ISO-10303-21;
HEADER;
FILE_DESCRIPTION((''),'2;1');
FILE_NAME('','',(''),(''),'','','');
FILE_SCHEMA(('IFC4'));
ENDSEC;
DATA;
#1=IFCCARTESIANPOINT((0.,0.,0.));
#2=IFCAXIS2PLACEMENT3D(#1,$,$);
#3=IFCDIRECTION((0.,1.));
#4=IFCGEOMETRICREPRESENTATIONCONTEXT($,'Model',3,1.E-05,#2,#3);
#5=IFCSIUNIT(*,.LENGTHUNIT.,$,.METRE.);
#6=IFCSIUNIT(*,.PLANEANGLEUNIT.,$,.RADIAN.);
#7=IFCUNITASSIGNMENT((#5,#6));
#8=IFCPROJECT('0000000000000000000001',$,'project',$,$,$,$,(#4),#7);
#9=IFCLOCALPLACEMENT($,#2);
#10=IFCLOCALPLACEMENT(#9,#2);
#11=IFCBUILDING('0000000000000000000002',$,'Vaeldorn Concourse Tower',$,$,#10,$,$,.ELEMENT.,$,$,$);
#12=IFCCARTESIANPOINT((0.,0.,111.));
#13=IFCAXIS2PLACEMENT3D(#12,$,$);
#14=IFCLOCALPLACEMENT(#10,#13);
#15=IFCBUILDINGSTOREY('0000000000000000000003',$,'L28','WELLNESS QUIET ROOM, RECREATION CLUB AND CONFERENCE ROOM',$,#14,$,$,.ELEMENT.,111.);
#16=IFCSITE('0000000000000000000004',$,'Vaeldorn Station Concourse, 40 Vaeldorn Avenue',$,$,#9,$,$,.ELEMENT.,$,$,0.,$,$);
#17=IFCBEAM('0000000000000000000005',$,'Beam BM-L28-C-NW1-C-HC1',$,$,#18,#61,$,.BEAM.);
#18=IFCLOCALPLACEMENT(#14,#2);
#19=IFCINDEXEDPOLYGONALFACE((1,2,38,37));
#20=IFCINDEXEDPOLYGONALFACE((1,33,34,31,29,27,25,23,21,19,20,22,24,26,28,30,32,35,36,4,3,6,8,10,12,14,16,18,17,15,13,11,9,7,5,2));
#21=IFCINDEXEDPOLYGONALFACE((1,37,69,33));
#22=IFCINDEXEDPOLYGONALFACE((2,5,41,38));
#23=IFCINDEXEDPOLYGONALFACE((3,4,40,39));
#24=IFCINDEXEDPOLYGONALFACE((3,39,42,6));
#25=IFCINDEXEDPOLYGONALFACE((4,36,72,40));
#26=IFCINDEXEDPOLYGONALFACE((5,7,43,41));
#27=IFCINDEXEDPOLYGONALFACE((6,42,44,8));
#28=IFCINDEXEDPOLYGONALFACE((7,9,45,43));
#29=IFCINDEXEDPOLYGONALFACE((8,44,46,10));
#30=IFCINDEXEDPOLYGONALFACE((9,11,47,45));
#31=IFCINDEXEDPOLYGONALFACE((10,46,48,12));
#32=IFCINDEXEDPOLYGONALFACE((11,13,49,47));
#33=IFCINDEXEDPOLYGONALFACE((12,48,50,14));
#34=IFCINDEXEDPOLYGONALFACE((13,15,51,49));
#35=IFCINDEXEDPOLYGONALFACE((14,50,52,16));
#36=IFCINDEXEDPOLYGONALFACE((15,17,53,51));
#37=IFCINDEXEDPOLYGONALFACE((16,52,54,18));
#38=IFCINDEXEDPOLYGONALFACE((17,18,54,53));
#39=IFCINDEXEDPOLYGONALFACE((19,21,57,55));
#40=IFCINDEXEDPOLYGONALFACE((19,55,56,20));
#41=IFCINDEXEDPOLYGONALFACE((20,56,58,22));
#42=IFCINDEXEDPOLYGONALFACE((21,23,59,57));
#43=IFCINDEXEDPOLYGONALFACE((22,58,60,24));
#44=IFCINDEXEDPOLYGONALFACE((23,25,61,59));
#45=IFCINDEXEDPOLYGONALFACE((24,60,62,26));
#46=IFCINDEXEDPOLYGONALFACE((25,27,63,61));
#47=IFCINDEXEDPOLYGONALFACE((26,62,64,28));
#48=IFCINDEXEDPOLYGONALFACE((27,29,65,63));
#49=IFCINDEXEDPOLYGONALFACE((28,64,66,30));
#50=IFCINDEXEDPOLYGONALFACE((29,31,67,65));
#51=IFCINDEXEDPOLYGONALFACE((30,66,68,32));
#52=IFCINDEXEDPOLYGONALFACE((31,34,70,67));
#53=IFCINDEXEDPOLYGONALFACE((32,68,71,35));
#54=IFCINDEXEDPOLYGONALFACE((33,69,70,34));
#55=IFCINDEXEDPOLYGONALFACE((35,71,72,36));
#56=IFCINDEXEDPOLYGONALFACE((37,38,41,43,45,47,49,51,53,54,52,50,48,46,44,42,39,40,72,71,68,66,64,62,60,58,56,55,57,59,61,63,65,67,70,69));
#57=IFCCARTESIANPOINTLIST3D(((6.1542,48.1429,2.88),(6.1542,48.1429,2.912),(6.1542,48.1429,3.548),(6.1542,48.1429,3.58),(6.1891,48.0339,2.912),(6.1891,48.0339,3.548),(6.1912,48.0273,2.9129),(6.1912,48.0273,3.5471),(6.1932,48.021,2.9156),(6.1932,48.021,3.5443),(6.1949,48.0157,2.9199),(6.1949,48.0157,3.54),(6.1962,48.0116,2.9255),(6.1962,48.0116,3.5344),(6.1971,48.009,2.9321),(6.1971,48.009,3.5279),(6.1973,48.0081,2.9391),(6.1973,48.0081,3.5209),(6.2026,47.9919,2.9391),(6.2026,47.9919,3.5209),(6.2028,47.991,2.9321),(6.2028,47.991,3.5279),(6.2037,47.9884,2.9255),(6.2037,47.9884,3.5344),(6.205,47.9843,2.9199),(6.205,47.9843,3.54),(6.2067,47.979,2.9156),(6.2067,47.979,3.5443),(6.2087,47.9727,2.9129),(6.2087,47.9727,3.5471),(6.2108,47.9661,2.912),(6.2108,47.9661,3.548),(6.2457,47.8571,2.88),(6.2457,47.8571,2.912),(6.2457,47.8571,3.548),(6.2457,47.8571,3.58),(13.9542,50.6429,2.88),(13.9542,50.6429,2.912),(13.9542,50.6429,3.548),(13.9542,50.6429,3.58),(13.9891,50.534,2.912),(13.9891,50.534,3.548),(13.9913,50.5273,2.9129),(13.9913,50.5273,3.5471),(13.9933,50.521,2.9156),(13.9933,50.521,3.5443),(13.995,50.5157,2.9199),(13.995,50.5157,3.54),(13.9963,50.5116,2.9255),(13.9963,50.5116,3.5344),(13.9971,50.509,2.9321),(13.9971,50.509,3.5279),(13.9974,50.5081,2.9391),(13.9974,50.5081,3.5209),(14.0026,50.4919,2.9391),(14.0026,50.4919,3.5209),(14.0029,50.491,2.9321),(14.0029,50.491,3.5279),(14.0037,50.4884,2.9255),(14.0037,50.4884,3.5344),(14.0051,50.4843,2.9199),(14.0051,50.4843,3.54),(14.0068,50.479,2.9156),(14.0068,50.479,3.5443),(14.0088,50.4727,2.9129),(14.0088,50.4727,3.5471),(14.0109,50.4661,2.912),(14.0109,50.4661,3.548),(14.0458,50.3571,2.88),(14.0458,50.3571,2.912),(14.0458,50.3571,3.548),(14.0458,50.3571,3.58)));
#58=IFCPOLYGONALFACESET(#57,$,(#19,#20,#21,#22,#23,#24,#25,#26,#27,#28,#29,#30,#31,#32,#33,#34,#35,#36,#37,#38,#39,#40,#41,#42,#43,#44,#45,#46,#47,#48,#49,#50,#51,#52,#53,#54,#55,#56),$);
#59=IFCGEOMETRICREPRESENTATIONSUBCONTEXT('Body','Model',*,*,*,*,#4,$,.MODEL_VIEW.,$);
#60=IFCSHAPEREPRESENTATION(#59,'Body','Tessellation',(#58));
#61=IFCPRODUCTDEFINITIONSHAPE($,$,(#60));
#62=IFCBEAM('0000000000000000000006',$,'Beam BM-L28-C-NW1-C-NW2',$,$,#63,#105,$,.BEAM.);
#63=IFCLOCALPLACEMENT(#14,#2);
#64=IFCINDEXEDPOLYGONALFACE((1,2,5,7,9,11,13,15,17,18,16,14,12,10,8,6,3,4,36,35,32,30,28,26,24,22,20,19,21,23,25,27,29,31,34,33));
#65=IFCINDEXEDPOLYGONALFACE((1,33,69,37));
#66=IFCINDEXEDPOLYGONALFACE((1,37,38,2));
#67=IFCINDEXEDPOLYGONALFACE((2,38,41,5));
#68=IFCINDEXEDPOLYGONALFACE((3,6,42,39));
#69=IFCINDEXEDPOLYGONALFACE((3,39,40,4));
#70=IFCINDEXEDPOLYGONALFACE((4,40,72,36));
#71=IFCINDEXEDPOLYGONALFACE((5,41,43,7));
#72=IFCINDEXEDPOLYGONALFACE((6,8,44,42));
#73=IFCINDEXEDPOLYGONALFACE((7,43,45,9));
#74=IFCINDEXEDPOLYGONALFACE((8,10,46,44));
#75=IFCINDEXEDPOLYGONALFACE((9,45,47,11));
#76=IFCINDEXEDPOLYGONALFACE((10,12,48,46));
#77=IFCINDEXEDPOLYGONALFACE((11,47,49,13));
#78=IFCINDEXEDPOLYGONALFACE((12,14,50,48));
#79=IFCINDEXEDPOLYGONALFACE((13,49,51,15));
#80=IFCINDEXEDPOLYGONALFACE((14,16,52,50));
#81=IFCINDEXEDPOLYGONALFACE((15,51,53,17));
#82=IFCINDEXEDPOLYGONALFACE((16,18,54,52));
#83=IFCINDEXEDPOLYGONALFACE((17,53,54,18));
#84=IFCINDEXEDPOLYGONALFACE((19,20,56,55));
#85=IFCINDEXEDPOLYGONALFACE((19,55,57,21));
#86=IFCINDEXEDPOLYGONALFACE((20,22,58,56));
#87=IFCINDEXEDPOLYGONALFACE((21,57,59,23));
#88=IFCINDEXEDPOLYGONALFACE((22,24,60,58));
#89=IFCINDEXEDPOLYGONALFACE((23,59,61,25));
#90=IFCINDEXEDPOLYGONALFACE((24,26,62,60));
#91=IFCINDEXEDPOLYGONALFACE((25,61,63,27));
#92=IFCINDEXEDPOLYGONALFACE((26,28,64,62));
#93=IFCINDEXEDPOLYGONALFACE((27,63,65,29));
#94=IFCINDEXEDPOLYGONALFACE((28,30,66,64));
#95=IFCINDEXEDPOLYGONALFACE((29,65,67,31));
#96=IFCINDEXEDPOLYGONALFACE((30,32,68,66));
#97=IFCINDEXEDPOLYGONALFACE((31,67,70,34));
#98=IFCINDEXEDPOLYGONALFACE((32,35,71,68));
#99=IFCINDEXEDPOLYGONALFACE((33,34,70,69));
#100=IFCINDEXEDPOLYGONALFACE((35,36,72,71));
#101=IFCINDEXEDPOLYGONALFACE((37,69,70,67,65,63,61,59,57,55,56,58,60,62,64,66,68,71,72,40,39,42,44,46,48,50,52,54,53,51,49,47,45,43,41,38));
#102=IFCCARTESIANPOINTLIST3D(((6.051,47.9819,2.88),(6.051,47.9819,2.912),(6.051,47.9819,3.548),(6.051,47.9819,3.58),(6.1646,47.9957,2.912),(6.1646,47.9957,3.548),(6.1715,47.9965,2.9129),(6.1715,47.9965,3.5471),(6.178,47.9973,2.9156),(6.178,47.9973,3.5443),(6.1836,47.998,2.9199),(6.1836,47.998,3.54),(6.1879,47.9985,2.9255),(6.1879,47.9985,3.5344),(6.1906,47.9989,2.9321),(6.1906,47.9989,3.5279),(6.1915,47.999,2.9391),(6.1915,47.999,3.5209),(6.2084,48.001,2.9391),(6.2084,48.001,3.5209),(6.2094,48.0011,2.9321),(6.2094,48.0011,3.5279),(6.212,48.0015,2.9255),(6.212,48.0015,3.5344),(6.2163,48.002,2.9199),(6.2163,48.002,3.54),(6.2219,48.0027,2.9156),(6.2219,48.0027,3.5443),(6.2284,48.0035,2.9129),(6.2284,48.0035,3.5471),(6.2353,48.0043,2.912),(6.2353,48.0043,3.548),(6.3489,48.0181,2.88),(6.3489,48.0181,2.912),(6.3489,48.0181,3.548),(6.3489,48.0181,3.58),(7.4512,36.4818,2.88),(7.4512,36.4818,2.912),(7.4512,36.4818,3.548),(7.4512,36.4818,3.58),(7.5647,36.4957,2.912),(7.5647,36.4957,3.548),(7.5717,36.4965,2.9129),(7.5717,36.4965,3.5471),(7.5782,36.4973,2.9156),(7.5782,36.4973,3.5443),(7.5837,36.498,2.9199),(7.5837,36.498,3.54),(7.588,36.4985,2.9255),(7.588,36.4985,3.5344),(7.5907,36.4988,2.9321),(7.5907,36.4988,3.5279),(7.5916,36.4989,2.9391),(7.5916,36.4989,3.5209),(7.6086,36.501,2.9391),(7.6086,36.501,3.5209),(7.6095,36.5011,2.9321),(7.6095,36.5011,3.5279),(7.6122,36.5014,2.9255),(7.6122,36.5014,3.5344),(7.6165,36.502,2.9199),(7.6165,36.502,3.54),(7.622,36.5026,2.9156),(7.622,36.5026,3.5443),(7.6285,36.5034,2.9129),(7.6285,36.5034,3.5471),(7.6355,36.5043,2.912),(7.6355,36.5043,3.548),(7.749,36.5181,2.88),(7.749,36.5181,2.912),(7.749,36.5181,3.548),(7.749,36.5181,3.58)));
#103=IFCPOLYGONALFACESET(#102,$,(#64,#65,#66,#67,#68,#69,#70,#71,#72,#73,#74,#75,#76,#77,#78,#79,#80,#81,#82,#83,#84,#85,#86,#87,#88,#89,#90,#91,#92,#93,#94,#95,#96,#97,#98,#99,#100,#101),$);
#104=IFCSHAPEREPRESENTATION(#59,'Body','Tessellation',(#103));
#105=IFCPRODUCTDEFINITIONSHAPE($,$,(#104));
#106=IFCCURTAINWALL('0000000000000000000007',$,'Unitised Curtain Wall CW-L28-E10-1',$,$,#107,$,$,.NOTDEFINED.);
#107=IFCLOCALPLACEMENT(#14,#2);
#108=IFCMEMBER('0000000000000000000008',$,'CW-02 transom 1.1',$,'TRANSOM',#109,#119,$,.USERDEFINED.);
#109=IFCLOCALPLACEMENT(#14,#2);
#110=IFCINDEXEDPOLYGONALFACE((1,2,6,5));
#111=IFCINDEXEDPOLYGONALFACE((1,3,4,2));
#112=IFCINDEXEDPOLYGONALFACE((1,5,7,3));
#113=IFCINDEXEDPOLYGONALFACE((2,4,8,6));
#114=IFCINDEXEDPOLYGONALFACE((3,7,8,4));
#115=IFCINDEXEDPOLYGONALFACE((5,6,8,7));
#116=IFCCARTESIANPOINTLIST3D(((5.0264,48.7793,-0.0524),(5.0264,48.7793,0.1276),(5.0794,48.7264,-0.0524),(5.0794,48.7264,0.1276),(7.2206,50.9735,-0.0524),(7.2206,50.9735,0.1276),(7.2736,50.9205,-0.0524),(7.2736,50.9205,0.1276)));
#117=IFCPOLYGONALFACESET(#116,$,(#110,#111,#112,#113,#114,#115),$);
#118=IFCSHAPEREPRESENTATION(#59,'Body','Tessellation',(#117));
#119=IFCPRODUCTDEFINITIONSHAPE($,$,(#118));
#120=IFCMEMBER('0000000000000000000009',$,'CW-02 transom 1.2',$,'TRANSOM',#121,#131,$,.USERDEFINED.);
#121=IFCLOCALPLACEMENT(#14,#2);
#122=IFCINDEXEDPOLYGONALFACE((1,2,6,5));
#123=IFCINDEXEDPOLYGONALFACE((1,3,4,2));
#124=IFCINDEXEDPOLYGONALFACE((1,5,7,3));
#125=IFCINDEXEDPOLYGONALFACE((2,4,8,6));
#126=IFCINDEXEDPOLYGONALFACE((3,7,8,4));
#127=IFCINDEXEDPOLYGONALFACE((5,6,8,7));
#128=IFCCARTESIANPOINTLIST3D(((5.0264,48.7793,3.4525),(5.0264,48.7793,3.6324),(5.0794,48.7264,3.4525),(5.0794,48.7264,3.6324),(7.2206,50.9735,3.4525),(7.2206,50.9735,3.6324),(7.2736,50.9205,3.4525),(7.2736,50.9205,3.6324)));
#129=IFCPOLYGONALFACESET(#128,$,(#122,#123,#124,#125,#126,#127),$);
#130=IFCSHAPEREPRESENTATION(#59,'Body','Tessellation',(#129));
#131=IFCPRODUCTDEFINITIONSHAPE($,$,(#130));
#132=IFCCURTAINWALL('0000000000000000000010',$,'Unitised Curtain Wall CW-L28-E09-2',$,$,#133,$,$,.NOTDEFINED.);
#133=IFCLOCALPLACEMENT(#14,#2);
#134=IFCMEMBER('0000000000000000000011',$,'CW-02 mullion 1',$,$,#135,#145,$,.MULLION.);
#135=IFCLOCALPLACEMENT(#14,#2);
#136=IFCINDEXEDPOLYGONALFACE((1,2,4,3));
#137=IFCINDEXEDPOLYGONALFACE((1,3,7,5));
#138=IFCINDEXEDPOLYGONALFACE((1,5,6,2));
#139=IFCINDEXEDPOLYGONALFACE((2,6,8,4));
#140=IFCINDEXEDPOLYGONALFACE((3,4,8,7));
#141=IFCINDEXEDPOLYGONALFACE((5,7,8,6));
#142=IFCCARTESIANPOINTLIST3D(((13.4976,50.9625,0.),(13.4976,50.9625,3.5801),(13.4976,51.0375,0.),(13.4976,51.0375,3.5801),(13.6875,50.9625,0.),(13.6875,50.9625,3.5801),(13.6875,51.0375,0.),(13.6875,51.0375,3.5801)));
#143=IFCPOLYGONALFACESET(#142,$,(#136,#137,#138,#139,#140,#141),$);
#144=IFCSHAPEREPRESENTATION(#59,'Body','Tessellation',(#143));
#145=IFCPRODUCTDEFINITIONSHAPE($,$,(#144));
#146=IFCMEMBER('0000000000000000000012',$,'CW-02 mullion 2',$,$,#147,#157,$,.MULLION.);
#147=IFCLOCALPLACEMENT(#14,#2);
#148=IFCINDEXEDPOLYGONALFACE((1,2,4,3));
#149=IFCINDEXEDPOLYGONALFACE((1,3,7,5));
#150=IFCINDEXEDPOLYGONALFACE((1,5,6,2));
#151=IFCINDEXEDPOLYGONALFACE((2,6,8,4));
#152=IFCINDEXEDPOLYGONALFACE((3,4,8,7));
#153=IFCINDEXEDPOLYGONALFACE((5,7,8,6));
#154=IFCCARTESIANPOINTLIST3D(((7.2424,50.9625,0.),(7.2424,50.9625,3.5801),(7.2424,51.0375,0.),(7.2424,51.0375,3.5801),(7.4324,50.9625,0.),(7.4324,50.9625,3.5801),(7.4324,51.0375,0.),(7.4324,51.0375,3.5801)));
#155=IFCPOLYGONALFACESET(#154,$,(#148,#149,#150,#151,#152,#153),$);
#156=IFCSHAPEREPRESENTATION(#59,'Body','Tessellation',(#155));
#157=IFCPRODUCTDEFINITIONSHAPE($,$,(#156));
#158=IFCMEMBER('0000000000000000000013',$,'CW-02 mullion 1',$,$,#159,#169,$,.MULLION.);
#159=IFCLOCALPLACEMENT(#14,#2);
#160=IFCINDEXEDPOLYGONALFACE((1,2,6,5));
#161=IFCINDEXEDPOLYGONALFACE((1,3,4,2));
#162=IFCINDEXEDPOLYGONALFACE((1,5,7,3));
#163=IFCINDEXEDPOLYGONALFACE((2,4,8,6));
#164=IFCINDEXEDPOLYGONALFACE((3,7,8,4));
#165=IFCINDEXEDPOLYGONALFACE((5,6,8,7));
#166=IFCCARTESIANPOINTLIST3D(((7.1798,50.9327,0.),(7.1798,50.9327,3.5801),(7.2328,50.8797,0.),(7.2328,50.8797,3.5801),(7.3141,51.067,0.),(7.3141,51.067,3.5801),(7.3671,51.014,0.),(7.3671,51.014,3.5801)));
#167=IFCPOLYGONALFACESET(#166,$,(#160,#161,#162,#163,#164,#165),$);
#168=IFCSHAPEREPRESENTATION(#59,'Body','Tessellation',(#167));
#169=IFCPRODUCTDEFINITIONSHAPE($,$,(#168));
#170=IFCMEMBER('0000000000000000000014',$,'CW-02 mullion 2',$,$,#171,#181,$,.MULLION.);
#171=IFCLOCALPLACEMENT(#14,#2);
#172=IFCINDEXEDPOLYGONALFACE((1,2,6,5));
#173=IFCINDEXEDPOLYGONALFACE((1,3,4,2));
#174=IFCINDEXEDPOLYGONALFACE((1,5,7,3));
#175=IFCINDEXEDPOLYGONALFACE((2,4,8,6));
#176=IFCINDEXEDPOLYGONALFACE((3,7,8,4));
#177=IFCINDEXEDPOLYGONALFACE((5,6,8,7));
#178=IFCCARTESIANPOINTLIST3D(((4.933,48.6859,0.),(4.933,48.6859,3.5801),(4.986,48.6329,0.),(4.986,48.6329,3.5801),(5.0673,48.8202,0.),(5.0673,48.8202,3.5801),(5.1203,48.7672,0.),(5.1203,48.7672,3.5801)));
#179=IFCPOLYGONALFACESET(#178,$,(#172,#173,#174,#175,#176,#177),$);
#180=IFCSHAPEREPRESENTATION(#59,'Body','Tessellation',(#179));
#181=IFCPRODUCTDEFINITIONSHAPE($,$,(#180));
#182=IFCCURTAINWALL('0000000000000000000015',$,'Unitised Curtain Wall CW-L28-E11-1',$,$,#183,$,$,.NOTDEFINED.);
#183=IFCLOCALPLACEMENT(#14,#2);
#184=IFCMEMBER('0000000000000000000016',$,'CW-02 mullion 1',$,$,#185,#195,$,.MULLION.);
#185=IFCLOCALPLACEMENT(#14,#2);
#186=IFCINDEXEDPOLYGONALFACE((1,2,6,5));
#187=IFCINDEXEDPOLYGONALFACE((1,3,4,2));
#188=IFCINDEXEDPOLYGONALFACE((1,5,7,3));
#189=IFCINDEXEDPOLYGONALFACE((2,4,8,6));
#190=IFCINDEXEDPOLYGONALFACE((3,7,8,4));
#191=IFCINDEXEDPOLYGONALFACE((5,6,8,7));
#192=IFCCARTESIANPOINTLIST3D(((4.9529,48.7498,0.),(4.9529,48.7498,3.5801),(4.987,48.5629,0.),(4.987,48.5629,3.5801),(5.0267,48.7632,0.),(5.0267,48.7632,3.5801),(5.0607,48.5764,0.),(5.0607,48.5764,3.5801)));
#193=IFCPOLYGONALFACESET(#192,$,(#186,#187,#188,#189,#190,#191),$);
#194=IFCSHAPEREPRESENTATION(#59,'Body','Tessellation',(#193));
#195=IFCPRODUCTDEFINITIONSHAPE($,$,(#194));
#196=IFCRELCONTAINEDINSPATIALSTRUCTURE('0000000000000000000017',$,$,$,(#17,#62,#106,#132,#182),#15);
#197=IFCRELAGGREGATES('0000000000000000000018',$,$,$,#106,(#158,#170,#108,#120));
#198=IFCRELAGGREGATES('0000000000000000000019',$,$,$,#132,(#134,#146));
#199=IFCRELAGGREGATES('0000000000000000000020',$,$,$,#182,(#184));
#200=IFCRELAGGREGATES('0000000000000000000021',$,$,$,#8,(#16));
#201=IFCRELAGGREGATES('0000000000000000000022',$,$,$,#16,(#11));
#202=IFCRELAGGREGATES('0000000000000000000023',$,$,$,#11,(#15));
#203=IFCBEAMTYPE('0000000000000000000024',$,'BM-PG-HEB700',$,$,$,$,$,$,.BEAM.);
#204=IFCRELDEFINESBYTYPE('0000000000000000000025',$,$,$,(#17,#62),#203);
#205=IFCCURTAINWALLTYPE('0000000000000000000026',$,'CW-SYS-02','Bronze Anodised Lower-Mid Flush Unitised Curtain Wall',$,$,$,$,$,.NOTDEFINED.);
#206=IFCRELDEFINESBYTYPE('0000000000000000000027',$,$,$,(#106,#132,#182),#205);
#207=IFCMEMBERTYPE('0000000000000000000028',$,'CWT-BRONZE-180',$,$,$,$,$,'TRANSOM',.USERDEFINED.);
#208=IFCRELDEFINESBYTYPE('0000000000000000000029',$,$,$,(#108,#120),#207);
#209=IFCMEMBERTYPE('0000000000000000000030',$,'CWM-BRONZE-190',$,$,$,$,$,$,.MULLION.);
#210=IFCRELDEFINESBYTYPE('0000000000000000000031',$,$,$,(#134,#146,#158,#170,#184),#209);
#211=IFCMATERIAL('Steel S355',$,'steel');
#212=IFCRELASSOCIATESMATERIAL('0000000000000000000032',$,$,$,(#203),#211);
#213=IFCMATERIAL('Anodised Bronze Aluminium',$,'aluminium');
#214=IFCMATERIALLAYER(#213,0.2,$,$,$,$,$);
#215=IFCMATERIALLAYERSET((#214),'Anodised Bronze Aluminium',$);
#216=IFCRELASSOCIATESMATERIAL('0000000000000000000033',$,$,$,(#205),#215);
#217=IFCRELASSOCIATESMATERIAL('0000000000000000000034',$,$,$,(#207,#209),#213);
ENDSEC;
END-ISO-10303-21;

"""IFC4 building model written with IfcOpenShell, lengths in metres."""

from ifc_helpers import new_model, si_unit, direction, frame, origin, origin_2d, place, context, subcontext, project, spatial, rectangle, i_section, extrude, source, transform, mapped, material, layer, layer_set, material_profile, profile_set, type_object, element, aggregate, save


model = new_model("IFC4")

# Units and contexts
model_context = context("Model", 3, precision=1e-05, world=origin(), true_north=direction((0.0, 1.0)))
body_context = subcontext(model_context, "Body", "Model", "MODEL_VIEW")
ifc_project = project(units=[si_unit("LENGTHUNIT", "METRE"), si_unit("PLANEANGLEUNIT", "RADIAN")], contexts=[model_context])

# Site, building, storey
site_placement = place(None, origin())
site = spatial("IfcSite", under=ifc_project, at=site_placement, Name="Vaeldorn Station Concourse, 40 Vaeldorn Avenue", CompositionType="ELEMENT", RefElevation=0.0)
building_placement = place(site_placement, origin())
building = spatial("IfcBuilding", under=site, at=building_placement, Name="Vaeldorn Concourse Tower", CompositionType="ELEMENT")
storey_placement = place(building_placement, frame((0.0, 0.0, 111.0)))
storey = spatial("IfcBuildingStorey", under=building, at=storey_placement, Name="L28", Description="WELLNESS QUIET ROOM, RECREATION CLUB AND CONFERENCE ROOM", CompositionType="ELEMENT", Elevation=111.0)

# Beams
ifc_material_1 = material(Name="Steel S355", Category="steel")
ifc_material_profile_1 = material_profile(ifc_material_1, i_section(OverallWidth=0.3, OverallDepth=0.7, WebThickness=0.0171, FlangeThickness=0.032, FilletRadius=0.0271, at=origin_2d()), Name="HEB 700")
ifc_profile_set_1 = profile_set([ifc_material_profile_1], Name="Steel S355")
beam_type_1 = type_object("IfcBeamType", Name="BM-PG-HEB700", PredefinedType="BEAM", material=ifc_profile_set_1)
shared_shape_1 = source(origin(), body_context, "Body", "SweptSolid", [
    extrude(i_section(OverallWidth=0.3, OverallDepth=0.7, WebThickness=0.0171, FlangeThickness=0.032, FilletRadius=0.0271, at=origin_2d()), origin(), (0.0, 0.0, 1.0), 8.1909),
])
beam_1_placement = place(storey_placement, frame((6.2, 48.0, 3.23), z_axis=(0.952283, 0.305217, 0.0), x_axis=(-0.305217, 0.952283, 0.0)))
element("IfcBeam", 1, at=beam_1_placement, inside=storey, type_object=beam_type_1, Name="Beam BM-L28-C-NW1-C-HC1", PredefinedType="BEAM", context=body_context, shape_type="MappedRepresentation", body=[
    mapped(shared_shape_1, transform((0.0, 0.0, 0.0), scale=1.0)),
])
shared_shape_2 = source(origin(), body_context, "Body", "SweptSolid", [
    extrude(i_section(OverallWidth=0.3, OverallDepth=0.7, WebThickness=0.0171, FlangeThickness=0.032, FilletRadius=0.0271, at=origin_2d()), origin(), (0.0, 0.0, 1.0), 11.585),
])
beam_2_placement = place(storey_placement, frame((6.2, 48.0, 3.23), z_axis=(0.120859, -0.99267, 0.0), x_axis=(0.99267, 0.120859, 0.0)))
element("IfcBeam", 2, at=beam_2_placement, inside=storey, type_object=beam_type_1, Name="Beam BM-L28-C-NW1-C-NW2", PredefinedType="BEAM", context=body_context, shape_type="MappedRepresentation", body=[
    mapped(shared_shape_2, transform((0.0, 0.0, 0.0), scale=1.0)),
])

# Curtain walls, members
ifc_material_2 = material(Name="Anodised Bronze Aluminium", Category="aluminium")
ifc_layer_1 = layer(ifc_material_2, 0.2)
ifc_layer_set_1 = layer_set([ifc_layer_1], Name="Anodised Bronze Aluminium")
curtain_wall_type = type_object("IfcCurtainWallType", Name="CW-SYS-02", Description="Bronze Anodised Lower-Mid Flush Unitised Curtain Wall", PredefinedType="NOTDEFINED", material=ifc_layer_set_1)
curtain_wall_1_placement = place(storey_placement, origin())
curtain_wall_1 = element("IfcCurtainWall", 3, at=curtain_wall_1_placement, inside=storey, type_object=curtain_wall_type, Name="Unitised Curtain Wall CW-L28-E10-1", PredefinedType="NOTDEFINED")
ifc_material_profile_2 = material_profile(ifc_material_2, rectangle(XDim=0.075, YDim=0.1799, at=origin_2d()), Name="CWT 75x180")
ifc_profile_set_2 = profile_set([ifc_material_profile_2], Name="Anodised Bronze Aluminium")
member_type_1 = type_object("IfcMemberType", Name="CWT-BRONZE-180", ElementType="TRANSOM", PredefinedType="USERDEFINED", material=ifc_profile_set_2)
shared_shape_3 = source(origin(), body_context, "Body", "SweptSolid", [
    extrude(rectangle(XDim=0.075, YDim=0.1799, at=origin_2d()), origin(), (0.0, 0.0, 1.0), 3.103),
])
member_1_placement = place(storey_placement, frame((7.2471, 50.947, 0.0376), z_axis=(-0.707107, -0.707107, 0.0), x_axis=(0.707107, -0.707107, 0.0)))
member_1 = element("IfcMember", 4, at=member_1_placement, type_object=member_type_1, Name="CW-02 transom 1.1", ObjectType="TRANSOM", PredefinedType="USERDEFINED", context=body_context, shape_type="MappedRepresentation", body=[
    mapped(shared_shape_3, transform((0.0, 0.0, 0.0), scale=1.0)),
])
member_2_placement = place(storey_placement, frame((7.2471, 50.947, 3.5425), z_axis=(-0.707107, -0.707107, 0.0), x_axis=(0.707107, -0.707107, 0.0)))
member_2 = element("IfcMember", 5, at=member_2_placement, type_object=member_type_1, Name="CW-02 transom 1.2", ObjectType="TRANSOM", PredefinedType="USERDEFINED", context=body_context, shape_type="MappedRepresentation", body=[
    mapped(shared_shape_3, transform((0.0, 0.0, 0.0), scale=1.0)),
])
curtain_wall_2_placement = place(storey_placement, origin())
curtain_wall_2 = element("IfcCurtainWall", 6, at=curtain_wall_2_placement, inside=storey, type_object=curtain_wall_type, Name="Unitised Curtain Wall CW-L28-E09-2", PredefinedType="NOTDEFINED")
ifc_material_profile_3 = material_profile(ifc_material_2, rectangle(XDim=0.075, YDim=0.1899, at=origin_2d()), Name="CWM 75x190")
ifc_profile_set_3 = profile_set([ifc_material_profile_3], Name="Anodised Bronze Aluminium")
member_type_2 = type_object("IfcMemberType", Name="CWM-BRONZE-190", PredefinedType="MULLION", material=ifc_profile_set_3)
shared_shape_4 = source(origin(), body_context, "Body", "SweptSolid", [
    extrude(rectangle(XDim=0.075, YDim=0.1899, at=origin_2d()), origin(), (0.0, 0.0, 1.0), 3.5801),
])
member_3_placement = place(storey_placement, frame((13.5925, 51.0, 0.0), z_axis=(0.0, 0.0, 1.0), x_axis=(0.0, -1.0, 0.0)))
member_3 = element("IfcMember", 7, at=member_3_placement, type_object=member_type_2, Name="CW-02 mullion 1", PredefinedType="MULLION", context=body_context, shape_type="MappedRepresentation", body=[
    mapped(shared_shape_4, transform((0.0, 0.0, 0.0), scale=1.0)),
])
member_4_placement = place(storey_placement, frame((7.3374, 51.0, 0.0), z_axis=(0.0, 0.0, 1.0), x_axis=(0.0, -1.0, 0.0)))
member_4 = element("IfcMember", 8, at=member_4_placement, type_object=member_type_2, Name="CW-02 mullion 2", PredefinedType="MULLION", context=body_context, shape_type="MappedRepresentation", body=[
    mapped(shared_shape_4, transform((0.0, 0.0, 0.0), scale=1.0)),
])

# Members
member_5_placement = place(storey_placement, frame((7.2734, 50.9734, 0.0), z_axis=(0.0, 0.0, 1.0), x_axis=(0.707107, -0.707107, 0.0)))
member_5 = element("IfcMember", 9, at=member_5_placement, type_object=member_type_2, Name="CW-02 mullion 1", PredefinedType="MULLION", context=body_context, shape_type="MappedRepresentation", body=[
    mapped(shared_shape_4, transform((0.0, 0.0, 0.0), scale=1.0)),
])
member_6_placement = place(storey_placement, frame((5.0266, 48.7266, 0.0), z_axis=(0.0, 0.0, 1.0), x_axis=(0.707107, -0.707107, 0.0)))
member_6 = element("IfcMember", 10, at=member_6_placement, type_object=member_type_2, Name="CW-02 mullion 2", PredefinedType="MULLION", context=body_context, shape_type="MappedRepresentation", body=[
    mapped(shared_shape_4, transform((0.0, 0.0, 0.0), scale=1.0)),
])

# Curtain wall, member
curtain_wall_3_placement = place(storey_placement, origin())
curtain_wall_3 = element("IfcCurtainWall", 11, at=curtain_wall_3_placement, inside=storey, type_object=curtain_wall_type, Name="Unitised Curtain Wall CW-L28-E11-1", PredefinedType="NOTDEFINED")
member_7_placement = place(storey_placement, frame((5.0068, 48.6631, 0.0), z_axis=(0.0, 0.0, 1.0), x_axis=(0.983812, 0.179203, 0.0)))
member_7 = element("IfcMember", 12, at=member_7_placement, type_object=member_type_2, Name="CW-02 mullion 1", PredefinedType="MULLION", context=body_context, shape_type="MappedRepresentation", body=[
    mapped(shared_shape_4, transform((0.0, 0.0, 0.0), scale=1.0)),
])

aggregate(curtain_wall_1, [member_5, member_6, member_1, member_2])
aggregate(curtain_wall_2, [member_3, member_4])
aggregate(curtain_wall_3, [member_7])

save(model, "model.ifc")
